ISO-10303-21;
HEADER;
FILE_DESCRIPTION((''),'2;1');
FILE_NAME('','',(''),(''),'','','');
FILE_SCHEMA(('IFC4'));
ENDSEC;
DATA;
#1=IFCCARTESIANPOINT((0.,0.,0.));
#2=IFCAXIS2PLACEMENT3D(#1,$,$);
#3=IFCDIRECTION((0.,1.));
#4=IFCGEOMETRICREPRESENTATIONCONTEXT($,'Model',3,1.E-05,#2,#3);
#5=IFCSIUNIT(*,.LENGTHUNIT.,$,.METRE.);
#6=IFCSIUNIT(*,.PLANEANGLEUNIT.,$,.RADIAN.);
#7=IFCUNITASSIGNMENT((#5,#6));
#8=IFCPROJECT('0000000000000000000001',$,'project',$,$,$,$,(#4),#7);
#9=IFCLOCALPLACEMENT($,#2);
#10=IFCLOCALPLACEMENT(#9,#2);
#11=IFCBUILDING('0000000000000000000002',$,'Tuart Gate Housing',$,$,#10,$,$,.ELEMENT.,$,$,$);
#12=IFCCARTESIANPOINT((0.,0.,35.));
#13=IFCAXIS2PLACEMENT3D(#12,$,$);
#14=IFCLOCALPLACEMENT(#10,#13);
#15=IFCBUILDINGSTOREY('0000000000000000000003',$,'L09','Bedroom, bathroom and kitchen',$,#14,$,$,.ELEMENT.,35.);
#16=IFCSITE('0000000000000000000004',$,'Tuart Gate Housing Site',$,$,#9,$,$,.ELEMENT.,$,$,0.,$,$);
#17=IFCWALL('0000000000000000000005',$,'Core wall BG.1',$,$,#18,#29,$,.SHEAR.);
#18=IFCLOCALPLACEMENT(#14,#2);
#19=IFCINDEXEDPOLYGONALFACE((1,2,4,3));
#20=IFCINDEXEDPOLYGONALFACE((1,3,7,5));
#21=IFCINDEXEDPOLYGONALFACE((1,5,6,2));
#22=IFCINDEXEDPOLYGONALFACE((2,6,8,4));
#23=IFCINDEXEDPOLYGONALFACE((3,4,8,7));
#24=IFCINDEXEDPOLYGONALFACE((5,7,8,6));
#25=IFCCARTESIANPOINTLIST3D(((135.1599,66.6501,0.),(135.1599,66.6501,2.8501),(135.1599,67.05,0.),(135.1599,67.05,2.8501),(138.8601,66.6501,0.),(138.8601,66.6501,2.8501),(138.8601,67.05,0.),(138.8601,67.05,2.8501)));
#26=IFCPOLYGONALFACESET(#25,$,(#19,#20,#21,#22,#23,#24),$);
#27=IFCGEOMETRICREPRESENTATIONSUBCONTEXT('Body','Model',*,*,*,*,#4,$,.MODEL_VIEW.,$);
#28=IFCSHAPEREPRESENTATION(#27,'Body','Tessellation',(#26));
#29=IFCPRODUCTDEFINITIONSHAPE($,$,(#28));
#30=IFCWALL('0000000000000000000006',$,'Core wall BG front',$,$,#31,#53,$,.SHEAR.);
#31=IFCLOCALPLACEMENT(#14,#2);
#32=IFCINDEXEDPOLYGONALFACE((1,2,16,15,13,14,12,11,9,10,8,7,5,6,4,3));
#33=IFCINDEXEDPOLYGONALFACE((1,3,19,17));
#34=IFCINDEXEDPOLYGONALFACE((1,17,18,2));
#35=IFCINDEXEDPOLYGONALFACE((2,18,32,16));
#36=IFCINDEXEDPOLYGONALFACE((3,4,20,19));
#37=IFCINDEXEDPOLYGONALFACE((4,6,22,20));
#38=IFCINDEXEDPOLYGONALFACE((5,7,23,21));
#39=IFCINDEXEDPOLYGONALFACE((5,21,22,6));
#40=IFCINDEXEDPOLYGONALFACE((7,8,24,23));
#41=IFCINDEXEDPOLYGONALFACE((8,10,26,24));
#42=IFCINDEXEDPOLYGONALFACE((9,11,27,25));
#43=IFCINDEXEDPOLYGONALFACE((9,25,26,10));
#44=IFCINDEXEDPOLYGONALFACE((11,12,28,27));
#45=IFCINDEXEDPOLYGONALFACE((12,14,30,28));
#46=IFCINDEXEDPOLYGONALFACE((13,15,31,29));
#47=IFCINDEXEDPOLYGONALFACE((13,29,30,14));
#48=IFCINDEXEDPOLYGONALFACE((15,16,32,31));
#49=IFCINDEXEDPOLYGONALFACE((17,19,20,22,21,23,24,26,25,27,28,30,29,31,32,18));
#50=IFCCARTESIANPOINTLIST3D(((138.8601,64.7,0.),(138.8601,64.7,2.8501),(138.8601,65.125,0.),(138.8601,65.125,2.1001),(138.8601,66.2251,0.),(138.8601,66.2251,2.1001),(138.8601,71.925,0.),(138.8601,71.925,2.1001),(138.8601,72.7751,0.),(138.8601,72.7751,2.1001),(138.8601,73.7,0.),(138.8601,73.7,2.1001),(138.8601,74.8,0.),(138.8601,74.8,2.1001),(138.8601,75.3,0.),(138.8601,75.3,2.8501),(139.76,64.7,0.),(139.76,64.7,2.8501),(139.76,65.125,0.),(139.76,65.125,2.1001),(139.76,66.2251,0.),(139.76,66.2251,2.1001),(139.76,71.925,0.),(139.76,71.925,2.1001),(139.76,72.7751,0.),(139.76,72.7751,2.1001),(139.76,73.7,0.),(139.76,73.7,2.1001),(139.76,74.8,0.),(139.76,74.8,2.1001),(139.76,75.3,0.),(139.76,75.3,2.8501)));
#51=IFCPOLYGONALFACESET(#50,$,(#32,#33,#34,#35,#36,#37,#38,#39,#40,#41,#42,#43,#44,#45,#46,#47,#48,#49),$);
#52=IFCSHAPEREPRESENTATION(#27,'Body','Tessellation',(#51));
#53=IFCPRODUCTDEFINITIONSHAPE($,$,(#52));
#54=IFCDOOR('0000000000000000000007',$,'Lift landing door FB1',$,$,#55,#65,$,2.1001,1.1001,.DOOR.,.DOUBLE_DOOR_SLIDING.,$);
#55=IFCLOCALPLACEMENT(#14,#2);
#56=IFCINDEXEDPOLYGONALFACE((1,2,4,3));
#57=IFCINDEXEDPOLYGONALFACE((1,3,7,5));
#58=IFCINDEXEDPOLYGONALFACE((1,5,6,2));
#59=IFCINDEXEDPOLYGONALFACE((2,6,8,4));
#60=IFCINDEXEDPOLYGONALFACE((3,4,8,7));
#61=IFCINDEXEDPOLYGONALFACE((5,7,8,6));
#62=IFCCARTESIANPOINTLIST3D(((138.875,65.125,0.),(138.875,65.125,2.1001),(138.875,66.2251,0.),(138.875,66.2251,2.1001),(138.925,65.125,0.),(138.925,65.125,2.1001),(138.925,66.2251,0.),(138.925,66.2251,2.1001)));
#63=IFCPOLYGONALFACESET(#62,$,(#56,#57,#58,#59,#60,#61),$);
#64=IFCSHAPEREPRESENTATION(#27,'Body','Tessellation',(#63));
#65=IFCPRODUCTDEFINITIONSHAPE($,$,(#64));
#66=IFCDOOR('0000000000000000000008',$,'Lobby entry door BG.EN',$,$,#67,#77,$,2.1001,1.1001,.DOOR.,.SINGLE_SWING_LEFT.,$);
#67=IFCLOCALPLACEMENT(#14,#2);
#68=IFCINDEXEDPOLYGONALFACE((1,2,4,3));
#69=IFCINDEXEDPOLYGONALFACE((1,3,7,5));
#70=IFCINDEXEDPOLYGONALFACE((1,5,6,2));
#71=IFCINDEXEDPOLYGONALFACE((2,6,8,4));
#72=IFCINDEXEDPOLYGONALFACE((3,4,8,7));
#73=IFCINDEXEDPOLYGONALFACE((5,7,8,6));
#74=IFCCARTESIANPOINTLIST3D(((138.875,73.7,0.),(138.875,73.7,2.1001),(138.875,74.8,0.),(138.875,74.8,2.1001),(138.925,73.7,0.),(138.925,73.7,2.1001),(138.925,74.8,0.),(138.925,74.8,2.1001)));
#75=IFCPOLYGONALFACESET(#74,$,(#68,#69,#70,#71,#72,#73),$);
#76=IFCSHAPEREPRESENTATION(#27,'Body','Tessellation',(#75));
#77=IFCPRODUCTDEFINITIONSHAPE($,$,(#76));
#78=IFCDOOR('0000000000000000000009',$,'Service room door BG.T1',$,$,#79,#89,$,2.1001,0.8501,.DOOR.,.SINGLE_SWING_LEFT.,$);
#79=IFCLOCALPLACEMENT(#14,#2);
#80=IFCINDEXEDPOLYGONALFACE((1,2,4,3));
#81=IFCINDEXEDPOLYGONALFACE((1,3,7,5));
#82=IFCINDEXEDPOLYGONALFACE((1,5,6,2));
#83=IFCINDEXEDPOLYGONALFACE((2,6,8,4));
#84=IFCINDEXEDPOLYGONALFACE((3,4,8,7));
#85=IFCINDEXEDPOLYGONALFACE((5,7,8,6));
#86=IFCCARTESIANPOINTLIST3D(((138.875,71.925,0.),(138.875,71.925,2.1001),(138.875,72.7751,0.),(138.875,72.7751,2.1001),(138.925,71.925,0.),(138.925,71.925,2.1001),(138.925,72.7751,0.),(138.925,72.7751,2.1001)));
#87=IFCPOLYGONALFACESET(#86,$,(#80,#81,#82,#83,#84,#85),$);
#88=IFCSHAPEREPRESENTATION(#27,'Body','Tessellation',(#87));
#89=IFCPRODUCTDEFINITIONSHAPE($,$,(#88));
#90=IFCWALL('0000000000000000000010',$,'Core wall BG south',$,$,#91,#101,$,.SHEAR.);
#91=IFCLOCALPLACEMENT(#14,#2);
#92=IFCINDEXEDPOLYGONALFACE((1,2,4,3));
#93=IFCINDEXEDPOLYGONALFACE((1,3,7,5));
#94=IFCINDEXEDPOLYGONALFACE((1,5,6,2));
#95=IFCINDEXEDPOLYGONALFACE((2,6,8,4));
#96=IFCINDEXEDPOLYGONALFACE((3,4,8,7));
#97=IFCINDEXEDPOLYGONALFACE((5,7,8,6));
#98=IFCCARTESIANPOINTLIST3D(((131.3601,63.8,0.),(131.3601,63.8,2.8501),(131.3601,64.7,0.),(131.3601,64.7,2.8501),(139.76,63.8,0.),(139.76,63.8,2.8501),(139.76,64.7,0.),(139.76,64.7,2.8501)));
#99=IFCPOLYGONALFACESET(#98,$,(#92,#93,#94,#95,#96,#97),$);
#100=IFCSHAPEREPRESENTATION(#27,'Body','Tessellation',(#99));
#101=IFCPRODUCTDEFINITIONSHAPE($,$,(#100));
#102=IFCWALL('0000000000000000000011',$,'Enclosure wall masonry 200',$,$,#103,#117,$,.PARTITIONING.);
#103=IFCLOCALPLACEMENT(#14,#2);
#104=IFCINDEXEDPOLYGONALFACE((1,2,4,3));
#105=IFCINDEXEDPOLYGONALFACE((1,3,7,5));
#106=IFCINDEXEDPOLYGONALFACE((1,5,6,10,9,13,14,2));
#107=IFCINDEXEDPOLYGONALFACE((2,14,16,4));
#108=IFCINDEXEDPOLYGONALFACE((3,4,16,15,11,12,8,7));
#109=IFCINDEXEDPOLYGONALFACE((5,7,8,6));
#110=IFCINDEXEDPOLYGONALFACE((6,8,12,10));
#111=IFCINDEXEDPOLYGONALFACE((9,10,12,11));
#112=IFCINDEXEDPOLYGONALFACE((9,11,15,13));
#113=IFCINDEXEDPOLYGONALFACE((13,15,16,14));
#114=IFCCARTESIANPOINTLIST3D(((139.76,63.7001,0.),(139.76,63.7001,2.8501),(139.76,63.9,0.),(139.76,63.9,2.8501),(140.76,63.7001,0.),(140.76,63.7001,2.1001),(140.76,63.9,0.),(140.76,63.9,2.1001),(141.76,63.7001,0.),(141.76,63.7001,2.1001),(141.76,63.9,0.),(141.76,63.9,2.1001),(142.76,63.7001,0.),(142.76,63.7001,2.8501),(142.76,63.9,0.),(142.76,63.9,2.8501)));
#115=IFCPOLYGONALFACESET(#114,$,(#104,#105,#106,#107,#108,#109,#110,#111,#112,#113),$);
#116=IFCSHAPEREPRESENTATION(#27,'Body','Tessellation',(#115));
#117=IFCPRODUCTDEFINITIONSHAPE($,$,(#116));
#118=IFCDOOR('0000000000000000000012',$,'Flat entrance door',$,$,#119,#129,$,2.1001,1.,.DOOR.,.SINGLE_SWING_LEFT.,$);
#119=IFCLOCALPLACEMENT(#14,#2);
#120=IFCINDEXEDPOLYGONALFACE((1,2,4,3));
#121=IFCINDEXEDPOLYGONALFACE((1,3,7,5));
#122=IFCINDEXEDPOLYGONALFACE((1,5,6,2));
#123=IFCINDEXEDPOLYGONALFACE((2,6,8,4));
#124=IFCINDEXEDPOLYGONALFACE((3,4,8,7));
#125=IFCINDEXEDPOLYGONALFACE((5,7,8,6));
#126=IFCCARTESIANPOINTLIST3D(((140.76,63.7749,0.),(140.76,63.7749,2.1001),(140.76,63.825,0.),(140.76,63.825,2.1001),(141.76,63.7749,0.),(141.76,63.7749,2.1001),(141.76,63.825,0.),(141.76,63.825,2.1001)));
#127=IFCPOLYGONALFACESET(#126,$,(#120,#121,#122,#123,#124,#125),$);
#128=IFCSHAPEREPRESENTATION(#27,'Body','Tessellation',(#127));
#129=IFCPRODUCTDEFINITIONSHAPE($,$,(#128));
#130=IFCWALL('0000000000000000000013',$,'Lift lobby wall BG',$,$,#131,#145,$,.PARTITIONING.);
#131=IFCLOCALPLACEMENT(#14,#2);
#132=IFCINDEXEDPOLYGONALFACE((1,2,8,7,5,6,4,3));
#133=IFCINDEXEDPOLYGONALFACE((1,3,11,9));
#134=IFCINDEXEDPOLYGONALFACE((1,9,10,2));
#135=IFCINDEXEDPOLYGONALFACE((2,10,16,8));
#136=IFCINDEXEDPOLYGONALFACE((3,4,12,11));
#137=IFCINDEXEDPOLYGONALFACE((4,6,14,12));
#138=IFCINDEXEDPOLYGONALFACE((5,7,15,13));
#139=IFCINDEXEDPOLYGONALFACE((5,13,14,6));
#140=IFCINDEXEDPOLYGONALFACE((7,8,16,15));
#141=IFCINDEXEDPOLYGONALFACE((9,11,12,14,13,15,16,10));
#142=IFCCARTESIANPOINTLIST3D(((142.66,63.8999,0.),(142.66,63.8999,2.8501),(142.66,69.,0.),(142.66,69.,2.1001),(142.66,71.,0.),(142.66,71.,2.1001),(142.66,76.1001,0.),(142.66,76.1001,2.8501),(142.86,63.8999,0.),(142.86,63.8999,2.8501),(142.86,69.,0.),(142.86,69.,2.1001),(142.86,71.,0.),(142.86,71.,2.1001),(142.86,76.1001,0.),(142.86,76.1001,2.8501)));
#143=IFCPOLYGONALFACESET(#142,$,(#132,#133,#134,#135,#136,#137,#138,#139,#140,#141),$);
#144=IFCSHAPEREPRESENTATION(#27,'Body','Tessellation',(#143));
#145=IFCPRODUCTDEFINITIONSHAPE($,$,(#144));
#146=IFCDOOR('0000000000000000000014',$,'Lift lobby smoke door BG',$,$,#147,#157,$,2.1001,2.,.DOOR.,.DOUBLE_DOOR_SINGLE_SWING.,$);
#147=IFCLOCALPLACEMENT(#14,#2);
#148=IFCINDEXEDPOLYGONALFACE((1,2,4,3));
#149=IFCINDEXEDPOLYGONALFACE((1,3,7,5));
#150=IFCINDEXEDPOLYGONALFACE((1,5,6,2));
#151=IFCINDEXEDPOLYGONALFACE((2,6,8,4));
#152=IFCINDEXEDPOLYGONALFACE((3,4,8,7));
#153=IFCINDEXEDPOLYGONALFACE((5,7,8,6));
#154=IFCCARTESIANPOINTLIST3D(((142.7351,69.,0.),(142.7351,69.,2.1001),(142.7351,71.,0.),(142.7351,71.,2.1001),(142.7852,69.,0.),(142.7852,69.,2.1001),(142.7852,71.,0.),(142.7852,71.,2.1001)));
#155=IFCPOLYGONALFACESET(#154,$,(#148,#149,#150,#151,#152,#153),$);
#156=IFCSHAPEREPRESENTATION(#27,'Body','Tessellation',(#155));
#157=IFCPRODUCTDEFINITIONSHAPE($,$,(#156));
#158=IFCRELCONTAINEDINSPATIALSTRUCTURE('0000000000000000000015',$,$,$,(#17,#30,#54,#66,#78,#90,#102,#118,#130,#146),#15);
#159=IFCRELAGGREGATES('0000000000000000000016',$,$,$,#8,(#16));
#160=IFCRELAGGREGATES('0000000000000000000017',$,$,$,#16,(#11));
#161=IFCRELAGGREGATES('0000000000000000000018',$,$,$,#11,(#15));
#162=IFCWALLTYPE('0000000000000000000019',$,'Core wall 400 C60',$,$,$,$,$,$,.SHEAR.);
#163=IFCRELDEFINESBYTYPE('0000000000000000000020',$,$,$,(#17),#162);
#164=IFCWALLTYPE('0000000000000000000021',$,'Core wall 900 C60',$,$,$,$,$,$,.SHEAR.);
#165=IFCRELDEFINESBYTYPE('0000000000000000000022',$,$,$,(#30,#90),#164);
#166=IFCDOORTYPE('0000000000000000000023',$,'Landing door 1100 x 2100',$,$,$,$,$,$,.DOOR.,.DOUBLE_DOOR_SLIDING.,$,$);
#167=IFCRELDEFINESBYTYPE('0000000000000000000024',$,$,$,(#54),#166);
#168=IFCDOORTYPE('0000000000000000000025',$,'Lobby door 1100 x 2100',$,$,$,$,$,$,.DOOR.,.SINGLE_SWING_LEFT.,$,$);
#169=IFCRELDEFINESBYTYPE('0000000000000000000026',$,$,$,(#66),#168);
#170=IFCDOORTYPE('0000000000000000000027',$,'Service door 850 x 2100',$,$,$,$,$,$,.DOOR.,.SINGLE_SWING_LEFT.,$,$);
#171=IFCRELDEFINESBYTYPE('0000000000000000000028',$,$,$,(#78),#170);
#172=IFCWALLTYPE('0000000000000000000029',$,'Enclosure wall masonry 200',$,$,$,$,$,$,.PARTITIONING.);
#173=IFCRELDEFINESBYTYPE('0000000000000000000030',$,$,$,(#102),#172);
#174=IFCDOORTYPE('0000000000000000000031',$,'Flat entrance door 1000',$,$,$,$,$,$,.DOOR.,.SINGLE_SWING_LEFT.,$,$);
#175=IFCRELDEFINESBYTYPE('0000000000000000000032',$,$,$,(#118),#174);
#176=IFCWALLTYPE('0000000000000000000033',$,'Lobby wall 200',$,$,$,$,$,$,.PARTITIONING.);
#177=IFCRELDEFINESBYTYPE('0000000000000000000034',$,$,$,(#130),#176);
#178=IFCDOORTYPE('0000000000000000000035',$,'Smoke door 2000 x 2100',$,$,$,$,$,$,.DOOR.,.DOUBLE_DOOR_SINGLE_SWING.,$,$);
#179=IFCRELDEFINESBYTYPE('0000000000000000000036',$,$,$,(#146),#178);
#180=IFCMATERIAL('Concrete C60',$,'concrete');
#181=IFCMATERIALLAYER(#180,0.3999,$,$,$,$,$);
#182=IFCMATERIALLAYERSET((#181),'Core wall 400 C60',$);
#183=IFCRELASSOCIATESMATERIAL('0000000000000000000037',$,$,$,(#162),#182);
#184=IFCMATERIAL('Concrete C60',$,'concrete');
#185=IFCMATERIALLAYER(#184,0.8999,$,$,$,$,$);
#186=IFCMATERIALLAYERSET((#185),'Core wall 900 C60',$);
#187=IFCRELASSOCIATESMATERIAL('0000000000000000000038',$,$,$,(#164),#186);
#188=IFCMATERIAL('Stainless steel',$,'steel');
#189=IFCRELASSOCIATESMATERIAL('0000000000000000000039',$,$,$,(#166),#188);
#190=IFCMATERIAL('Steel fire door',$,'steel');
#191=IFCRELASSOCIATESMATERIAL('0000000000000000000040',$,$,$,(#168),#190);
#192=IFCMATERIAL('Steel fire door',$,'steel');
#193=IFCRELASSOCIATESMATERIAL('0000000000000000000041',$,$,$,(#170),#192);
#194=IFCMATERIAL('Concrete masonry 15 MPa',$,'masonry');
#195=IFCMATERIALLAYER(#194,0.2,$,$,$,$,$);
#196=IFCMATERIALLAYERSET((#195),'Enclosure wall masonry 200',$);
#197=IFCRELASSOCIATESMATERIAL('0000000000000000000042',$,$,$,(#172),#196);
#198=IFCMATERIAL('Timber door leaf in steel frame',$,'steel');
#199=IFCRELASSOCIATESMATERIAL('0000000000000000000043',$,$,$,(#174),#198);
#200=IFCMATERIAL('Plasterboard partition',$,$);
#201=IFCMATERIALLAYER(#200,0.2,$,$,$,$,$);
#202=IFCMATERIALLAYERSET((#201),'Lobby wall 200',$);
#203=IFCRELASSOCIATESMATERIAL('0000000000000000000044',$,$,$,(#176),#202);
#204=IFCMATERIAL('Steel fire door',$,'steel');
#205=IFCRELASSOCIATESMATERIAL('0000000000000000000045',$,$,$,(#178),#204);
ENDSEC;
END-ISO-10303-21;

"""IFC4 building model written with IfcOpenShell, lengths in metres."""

from ifc_helpers import new_model, si_unit, direction, frame, frame_2d, origin, place, context, subcontext, project, spatial, rectangle, extrude, material, layer, layer_set, type_object, element, fill, save


model = new_model("IFC4")

# Units and contexts
model_context = context("Model", 3, precision=1e-05, world=origin(), true_north=direction((0.0, 1.0)))
body_context = subcontext(model_context, "Body", "Model", "MODEL_VIEW")
ifc_project = project(units=[si_unit("LENGTHUNIT", "METRE"), si_unit("PLANEANGLEUNIT", "RADIAN")], contexts=[model_context])

# Site, building, storey
site_placement = place(None, origin())
site = spatial("IfcSite", under=ifc_project, at=site_placement, Name="Tuart Gate Housing Site", CompositionType="ELEMENT", RefElevation=0.0)
building_placement = place(site_placement, origin())
building = spatial("IfcBuilding", under=site, at=building_placement, Name="Tuart Gate Housing", CompositionType="ELEMENT")
storey_placement = place(building_placement, frame((0.0, 0.0, 35.0)))
storey = spatial("IfcBuildingStorey", under=building, at=storey_placement, Name="L09", Description="Bedroom, bathroom and kitchen", CompositionType="ELEMENT", Elevation=35.0)

# Wall
ifc_material_1 = material(Name="Concrete C60", Category="concrete")
ifc_layer_1 = layer(ifc_material_1, 0.3999)
ifc_layer_set_1 = layer_set([ifc_layer_1], Name="Core wall 400 C60")
wall_type_1 = type_object("IfcWallType", Name="Core wall 400 C60", PredefinedType="SHEAR", material=ifc_layer_set_1)
wall_1_placement = place(storey_placement, frame((138.8601, 66.8501, 0.0), z_axis=(0.0, 0.0, 1.0), x_axis=(-1.0, 0.0, 0.0)))
element("IfcWall", 1, at=wall_1_placement, inside=storey, type_object=wall_type_1, Name="Core wall BG.1", PredefinedType="SHEAR", context=body_context, shape_type="SweptSolid", body=[
    extrude(rectangle(XDim=3.7002, YDim=0.3999, at=frame_2d((1.8501, 0.0))), origin(), (0.0, 0.0, 1.0), 2.8501),
])

# Wall, openings, doors
ifc_material_2 = material(Name="Concrete C60", Category="concrete")
ifc_layer_2 = layer(ifc_material_2, 0.8999)
ifc_layer_set_2 = layer_set([ifc_layer_2], Name="Core wall 900 C60")
wall_type_2 = type_object("IfcWallType", Name="Core wall 900 C60", PredefinedType="SHEAR", material=ifc_layer_set_2)
wall_2_placement = place(storey_placement, frame((139.3101, 64.7, 0.0), z_axis=(0.0, 0.0, 1.0), x_axis=(0.0, 1.0, 0.0)))
wall_2 = element("IfcWall", 2, at=wall_2_placement, inside=storey, type_object=wall_type_2, Name="Core wall BG front", PredefinedType="SHEAR", context=body_context, shape_type="SweptSolid", body=[
    extrude(rectangle(XDim=10.6001, YDim=0.8999, at=frame_2d((5.3, 0.0))), origin(), (0.0, 0.0, 1.0), 2.8501),
])
opening_1_placement = place(wall_2_placement, frame((0.425, 0.0, 0.0)))
opening_1 = element("IfcOpeningElement", 3, at=opening_1_placement, cuts=wall_2, PredefinedType="OPENING", context=body_context, shape_type="SweptSolid", body=[
    extrude(rectangle(XDim=1.1001, YDim=2.1001, at=frame_2d((0.55, 1.05))), frame((0.0, 0.46, 0.0), z_axis=(0.0, -1.0, 0.0), x_axis=(1.0, 0.0, 0.0)), (0.0, 0.0, 1.0), 0.9199),
])
opening_2_placement = place(wall_2_placement, frame((9.0, 0.0, 0.0)))
opening_2 = element("IfcOpeningElement", 4, at=opening_2_placement, cuts=wall_2, PredefinedType="OPENING", context=body_context, shape_type="SweptSolid", body=[
    extrude(rectangle(XDim=1.1001, YDim=2.1001, at=frame_2d((0.55, 1.05))), frame((0.0, 0.46, 0.0), z_axis=(0.0, -1.0, 0.0), x_axis=(1.0, 0.0, 0.0)), (0.0, 0.0, 1.0), 0.9199),
])
opening_3_placement = place(wall_2_placement, frame((7.2251, 0.0, 0.0)))
opening_3 = element("IfcOpeningElement", 5, at=opening_3_placement, cuts=wall_2, PredefinedType="OPENING", context=body_context, shape_type="SweptSolid", body=[
    extrude(rectangle(XDim=0.8501, YDim=2.1001, at=frame_2d((0.425, 1.05))), frame((0.0, 0.46, 0.0), z_axis=(0.0, -1.0, 0.0), x_axis=(1.0, 0.0, 0.0)), (0.0, 0.0, 1.0), 0.9199),
])
ifc_material_3 = material(Name="Stainless steel", Category="steel")
door_type_1 = type_object("IfcDoorType", Name="Landing door 1100 x 2100", OperationType="DOUBLE_DOOR_SLIDING", PredefinedType="DOOR", material=ifc_material_3)
door_1_placement = place(opening_1_placement, origin())
door_1 = element("IfcDoor", 6, at=door_1_placement, inside=storey, type_object=door_type_1, Name="Lift landing door FB1", OperationType="DOUBLE_DOOR_SLIDING", OverallHeight=2.1001, OverallWidth=1.1001, PredefinedType="DOOR", context=body_context, shape_type="SweptSolid", body=[
    extrude(rectangle(XDim=1.1001, YDim=2.1001, at=frame_2d((0.55, 1.05))), frame((0.0, 0.4351, 0.0), z_axis=(0.0, -1.0, 0.0), x_axis=(1.0, 0.0, 0.0)), (0.0, 0.0, 1.0), 0.05),
])
fill(opening_1, door_1)
ifc_material_4 = material(Name="Steel fire door", Category="steel")
door_type_2 = type_object("IfcDoorType", Name="Lobby door 1100 x 2100", OperationType="SINGLE_SWING_LEFT", PredefinedType="DOOR", material=ifc_material_4)
door_2_placement = place(opening_2_placement, origin())
door_2 = element("IfcDoor", 7, at=door_2_placement, inside=storey, type_object=door_type_2, Name="Lobby entry door BG.EN", OperationType="SINGLE_SWING_LEFT", OverallHeight=2.1001, OverallWidth=1.1001, PredefinedType="DOOR", context=body_context, shape_type="SweptSolid", body=[
    extrude(rectangle(XDim=1.1001, YDim=2.1001, at=frame_2d((0.55, 1.05))), frame((0.0, 0.4351, 0.0), z_axis=(0.0, -1.0, 0.0), x_axis=(1.0, 0.0, 0.0)), (0.0, 0.0, 1.0), 0.05),
])
fill(opening_2, door_2)
ifc_material_5 = material(Name="Steel fire door", Category="steel")
door_type_3 = type_object("IfcDoorType", Name="Service door 850 x 2100", OperationType="SINGLE_SWING_LEFT", PredefinedType="DOOR", material=ifc_material_5)
door_3_placement = place(opening_3_placement, origin())
door_3 = element("IfcDoor", 8, at=door_3_placement, inside=storey, type_object=door_type_3, Name="Service room door BG.T1", OperationType="SINGLE_SWING_LEFT", OverallHeight=2.1001, OverallWidth=0.8501, PredefinedType="DOOR", context=body_context, shape_type="SweptSolid", body=[
    extrude(rectangle(XDim=0.8501, YDim=2.1001, at=frame_2d((0.425, 1.05))), frame((0.0, 0.4351, 0.0), z_axis=(0.0, -1.0, 0.0), x_axis=(1.0, 0.0, 0.0)), (0.0, 0.0, 1.0), 0.05),
])
fill(opening_3, door_3)

# Wall
wall_3_placement = place(storey_placement, frame((139.76, 64.25, 0.0), z_axis=(0.0, 0.0, 1.0), x_axis=(-1.0, 0.0, 0.0)))
element("IfcWall", 9, at=wall_3_placement, inside=storey, type_object=wall_type_2, Name="Core wall BG south", PredefinedType="SHEAR", context=body_context, shape_type="SweptSolid", body=[
    extrude(rectangle(XDim=8.3999, YDim=0.8999, at=frame_2d((4.2, 0.0))), origin(), (0.0, 0.0, 1.0), 2.8501),
])

# Walls, openings, doors
ifc_material_6 = material(Name="Concrete masonry 15 MPa", Category="masonry")
ifc_layer_3 = layer(ifc_material_6, 0.2)
ifc_layer_set_3 = layer_set([ifc_layer_3], Name="Enclosure wall masonry 200")
wall_type_3 = type_object("IfcWallType", Name="Enclosure wall masonry 200", PredefinedType="PARTITIONING", material=ifc_layer_set_3)
wall_4_placement = place(storey_placement, frame((139.76, 63.8, 0.0), z_axis=(0.0, 0.0, 1.0), x_axis=(1.0, 0.0, 0.0)))
wall_4 = element("IfcWall", 10, at=wall_4_placement, inside=storey, type_object=wall_type_3, Name="Enclosure wall masonry 200", PredefinedType="PARTITIONING", context=body_context, shape_type="SweptSolid", body=[
    extrude(rectangle(XDim=3.0, YDim=0.2, at=frame_2d((1.5, 0.0))), origin(), (0.0, 0.0, 1.0), 2.8501),
])
opening_4_placement = place(wall_4_placement, frame((1.0, 0.0, 0.0)))
opening_4 = element("IfcOpeningElement", 11, at=opening_4_placement, cuts=wall_4, PredefinedType="OPENING", context=body_context, shape_type="SweptSolid", body=[
    extrude(rectangle(XDim=1.0, YDim=2.1001, at=frame_2d((0.5, 1.05))), frame((0.0, 0.1099, 0.0), z_axis=(0.0, -1.0, 0.0), x_axis=(1.0, 0.0, 0.0)), (0.0, 0.0, 1.0), 0.22),
])
ifc_material_7 = material(Name="Timber door leaf in steel frame", Category="steel")
door_type_4 = type_object("IfcDoorType", Name="Flat entrance door 1000", OperationType="SINGLE_SWING_LEFT", PredefinedType="DOOR", material=ifc_material_7)
door_4_placement = place(opening_4_placement, frame((1.0, 0.0, 0.0), z_axis=(0.0, 0.0, 1.0), x_axis=(-1.0, 0.0, 0.0)))
door_4 = element("IfcDoor", 12, at=door_4_placement, inside=storey, type_object=door_type_4, Name="Flat entrance door", OperationType="SINGLE_SWING_LEFT", OverallHeight=2.1001, OverallWidth=1.0, PredefinedType="DOOR", context=body_context, shape_type="SweptSolid", body=[
    extrude(rectangle(XDim=1.0, YDim=2.1001, at=frame_2d((0.5, 1.05))), frame((0.0, 0.0251, 0.0), z_axis=(0.0, -1.0, 0.0), x_axis=(1.0, 0.0, 0.0)), (0.0, 0.0, 1.0), 0.05),
])
fill(opening_4, door_4)
ifc_material_8 = material(Name="Plasterboard partition")
ifc_layer_4 = layer(ifc_material_8, 0.2)
ifc_layer_set_4 = layer_set([ifc_layer_4], Name="Lobby wall 200")
wall_type_4 = type_object("IfcWallType", Name="Lobby wall 200", PredefinedType="PARTITIONING", material=ifc_layer_set_4)
wall_5_placement = place(storey_placement, frame((142.76, 63.8999, 0.0), z_axis=(0.0, 0.0, 1.0), x_axis=(0.0, 1.0, 0.0)))
wall_5 = element("IfcWall", 13, at=wall_5_placement, inside=storey, type_object=wall_type_4, Name="Lift lobby wall BG", PredefinedType="PARTITIONING", context=body_context, shape_type="SweptSolid", body=[
    extrude(rectangle(XDim=12.2002, YDim=0.2, at=frame_2d((6.1001, 0.0))), origin(), (0.0, 0.0, 1.0), 2.8501),
])
opening_5_placement = place(wall_5_placement, frame((5.1001, 0.0, 0.0)))
opening_5 = element("IfcOpeningElement", 14, at=opening_5_placement, cuts=wall_5, PredefinedType="OPENING", context=body_context, shape_type="SweptSolid", body=[
    extrude(rectangle(XDim=2.0, YDim=2.1001, at=frame_2d((1.0, 1.05))), frame((0.0, 0.1099, 0.0), z_axis=(0.0, -1.0, 0.0), x_axis=(1.0, 0.0, 0.0)), (0.0, 0.0, 1.0), 0.22),
])
ifc_material_9 = material(Name="Steel fire door", Category="steel")
door_type_5 = type_object("IfcDoorType", Name="Smoke door 2000 x 2100", OperationType="DOUBLE_DOOR_SINGLE_SWING", PredefinedType="DOOR", material=ifc_material_9)
door_5_placement = place(opening_5_placement, origin())
door_5 = element("IfcDoor", 15, at=door_5_placement, inside=storey, type_object=door_type_5, Name="Lift lobby smoke door BG", OperationType="DOUBLE_DOOR_SINGLE_SWING", OverallHeight=2.1001, OverallWidth=2.0, PredefinedType="DOOR", context=body_context, shape_type="SweptSolid", body=[
    extrude(rectangle(XDim=2.0, YDim=2.1001, at=frame_2d((1.0, 1.05))), frame((0.0, 0.0249, 0.0), z_axis=(0.0, -1.0, 0.0), x_axis=(1.0, 0.0, 0.0)), (0.0, 0.0, 1.0), 0.05),
])
fill(opening_5, door_5)

save(model, "model.ifc")
